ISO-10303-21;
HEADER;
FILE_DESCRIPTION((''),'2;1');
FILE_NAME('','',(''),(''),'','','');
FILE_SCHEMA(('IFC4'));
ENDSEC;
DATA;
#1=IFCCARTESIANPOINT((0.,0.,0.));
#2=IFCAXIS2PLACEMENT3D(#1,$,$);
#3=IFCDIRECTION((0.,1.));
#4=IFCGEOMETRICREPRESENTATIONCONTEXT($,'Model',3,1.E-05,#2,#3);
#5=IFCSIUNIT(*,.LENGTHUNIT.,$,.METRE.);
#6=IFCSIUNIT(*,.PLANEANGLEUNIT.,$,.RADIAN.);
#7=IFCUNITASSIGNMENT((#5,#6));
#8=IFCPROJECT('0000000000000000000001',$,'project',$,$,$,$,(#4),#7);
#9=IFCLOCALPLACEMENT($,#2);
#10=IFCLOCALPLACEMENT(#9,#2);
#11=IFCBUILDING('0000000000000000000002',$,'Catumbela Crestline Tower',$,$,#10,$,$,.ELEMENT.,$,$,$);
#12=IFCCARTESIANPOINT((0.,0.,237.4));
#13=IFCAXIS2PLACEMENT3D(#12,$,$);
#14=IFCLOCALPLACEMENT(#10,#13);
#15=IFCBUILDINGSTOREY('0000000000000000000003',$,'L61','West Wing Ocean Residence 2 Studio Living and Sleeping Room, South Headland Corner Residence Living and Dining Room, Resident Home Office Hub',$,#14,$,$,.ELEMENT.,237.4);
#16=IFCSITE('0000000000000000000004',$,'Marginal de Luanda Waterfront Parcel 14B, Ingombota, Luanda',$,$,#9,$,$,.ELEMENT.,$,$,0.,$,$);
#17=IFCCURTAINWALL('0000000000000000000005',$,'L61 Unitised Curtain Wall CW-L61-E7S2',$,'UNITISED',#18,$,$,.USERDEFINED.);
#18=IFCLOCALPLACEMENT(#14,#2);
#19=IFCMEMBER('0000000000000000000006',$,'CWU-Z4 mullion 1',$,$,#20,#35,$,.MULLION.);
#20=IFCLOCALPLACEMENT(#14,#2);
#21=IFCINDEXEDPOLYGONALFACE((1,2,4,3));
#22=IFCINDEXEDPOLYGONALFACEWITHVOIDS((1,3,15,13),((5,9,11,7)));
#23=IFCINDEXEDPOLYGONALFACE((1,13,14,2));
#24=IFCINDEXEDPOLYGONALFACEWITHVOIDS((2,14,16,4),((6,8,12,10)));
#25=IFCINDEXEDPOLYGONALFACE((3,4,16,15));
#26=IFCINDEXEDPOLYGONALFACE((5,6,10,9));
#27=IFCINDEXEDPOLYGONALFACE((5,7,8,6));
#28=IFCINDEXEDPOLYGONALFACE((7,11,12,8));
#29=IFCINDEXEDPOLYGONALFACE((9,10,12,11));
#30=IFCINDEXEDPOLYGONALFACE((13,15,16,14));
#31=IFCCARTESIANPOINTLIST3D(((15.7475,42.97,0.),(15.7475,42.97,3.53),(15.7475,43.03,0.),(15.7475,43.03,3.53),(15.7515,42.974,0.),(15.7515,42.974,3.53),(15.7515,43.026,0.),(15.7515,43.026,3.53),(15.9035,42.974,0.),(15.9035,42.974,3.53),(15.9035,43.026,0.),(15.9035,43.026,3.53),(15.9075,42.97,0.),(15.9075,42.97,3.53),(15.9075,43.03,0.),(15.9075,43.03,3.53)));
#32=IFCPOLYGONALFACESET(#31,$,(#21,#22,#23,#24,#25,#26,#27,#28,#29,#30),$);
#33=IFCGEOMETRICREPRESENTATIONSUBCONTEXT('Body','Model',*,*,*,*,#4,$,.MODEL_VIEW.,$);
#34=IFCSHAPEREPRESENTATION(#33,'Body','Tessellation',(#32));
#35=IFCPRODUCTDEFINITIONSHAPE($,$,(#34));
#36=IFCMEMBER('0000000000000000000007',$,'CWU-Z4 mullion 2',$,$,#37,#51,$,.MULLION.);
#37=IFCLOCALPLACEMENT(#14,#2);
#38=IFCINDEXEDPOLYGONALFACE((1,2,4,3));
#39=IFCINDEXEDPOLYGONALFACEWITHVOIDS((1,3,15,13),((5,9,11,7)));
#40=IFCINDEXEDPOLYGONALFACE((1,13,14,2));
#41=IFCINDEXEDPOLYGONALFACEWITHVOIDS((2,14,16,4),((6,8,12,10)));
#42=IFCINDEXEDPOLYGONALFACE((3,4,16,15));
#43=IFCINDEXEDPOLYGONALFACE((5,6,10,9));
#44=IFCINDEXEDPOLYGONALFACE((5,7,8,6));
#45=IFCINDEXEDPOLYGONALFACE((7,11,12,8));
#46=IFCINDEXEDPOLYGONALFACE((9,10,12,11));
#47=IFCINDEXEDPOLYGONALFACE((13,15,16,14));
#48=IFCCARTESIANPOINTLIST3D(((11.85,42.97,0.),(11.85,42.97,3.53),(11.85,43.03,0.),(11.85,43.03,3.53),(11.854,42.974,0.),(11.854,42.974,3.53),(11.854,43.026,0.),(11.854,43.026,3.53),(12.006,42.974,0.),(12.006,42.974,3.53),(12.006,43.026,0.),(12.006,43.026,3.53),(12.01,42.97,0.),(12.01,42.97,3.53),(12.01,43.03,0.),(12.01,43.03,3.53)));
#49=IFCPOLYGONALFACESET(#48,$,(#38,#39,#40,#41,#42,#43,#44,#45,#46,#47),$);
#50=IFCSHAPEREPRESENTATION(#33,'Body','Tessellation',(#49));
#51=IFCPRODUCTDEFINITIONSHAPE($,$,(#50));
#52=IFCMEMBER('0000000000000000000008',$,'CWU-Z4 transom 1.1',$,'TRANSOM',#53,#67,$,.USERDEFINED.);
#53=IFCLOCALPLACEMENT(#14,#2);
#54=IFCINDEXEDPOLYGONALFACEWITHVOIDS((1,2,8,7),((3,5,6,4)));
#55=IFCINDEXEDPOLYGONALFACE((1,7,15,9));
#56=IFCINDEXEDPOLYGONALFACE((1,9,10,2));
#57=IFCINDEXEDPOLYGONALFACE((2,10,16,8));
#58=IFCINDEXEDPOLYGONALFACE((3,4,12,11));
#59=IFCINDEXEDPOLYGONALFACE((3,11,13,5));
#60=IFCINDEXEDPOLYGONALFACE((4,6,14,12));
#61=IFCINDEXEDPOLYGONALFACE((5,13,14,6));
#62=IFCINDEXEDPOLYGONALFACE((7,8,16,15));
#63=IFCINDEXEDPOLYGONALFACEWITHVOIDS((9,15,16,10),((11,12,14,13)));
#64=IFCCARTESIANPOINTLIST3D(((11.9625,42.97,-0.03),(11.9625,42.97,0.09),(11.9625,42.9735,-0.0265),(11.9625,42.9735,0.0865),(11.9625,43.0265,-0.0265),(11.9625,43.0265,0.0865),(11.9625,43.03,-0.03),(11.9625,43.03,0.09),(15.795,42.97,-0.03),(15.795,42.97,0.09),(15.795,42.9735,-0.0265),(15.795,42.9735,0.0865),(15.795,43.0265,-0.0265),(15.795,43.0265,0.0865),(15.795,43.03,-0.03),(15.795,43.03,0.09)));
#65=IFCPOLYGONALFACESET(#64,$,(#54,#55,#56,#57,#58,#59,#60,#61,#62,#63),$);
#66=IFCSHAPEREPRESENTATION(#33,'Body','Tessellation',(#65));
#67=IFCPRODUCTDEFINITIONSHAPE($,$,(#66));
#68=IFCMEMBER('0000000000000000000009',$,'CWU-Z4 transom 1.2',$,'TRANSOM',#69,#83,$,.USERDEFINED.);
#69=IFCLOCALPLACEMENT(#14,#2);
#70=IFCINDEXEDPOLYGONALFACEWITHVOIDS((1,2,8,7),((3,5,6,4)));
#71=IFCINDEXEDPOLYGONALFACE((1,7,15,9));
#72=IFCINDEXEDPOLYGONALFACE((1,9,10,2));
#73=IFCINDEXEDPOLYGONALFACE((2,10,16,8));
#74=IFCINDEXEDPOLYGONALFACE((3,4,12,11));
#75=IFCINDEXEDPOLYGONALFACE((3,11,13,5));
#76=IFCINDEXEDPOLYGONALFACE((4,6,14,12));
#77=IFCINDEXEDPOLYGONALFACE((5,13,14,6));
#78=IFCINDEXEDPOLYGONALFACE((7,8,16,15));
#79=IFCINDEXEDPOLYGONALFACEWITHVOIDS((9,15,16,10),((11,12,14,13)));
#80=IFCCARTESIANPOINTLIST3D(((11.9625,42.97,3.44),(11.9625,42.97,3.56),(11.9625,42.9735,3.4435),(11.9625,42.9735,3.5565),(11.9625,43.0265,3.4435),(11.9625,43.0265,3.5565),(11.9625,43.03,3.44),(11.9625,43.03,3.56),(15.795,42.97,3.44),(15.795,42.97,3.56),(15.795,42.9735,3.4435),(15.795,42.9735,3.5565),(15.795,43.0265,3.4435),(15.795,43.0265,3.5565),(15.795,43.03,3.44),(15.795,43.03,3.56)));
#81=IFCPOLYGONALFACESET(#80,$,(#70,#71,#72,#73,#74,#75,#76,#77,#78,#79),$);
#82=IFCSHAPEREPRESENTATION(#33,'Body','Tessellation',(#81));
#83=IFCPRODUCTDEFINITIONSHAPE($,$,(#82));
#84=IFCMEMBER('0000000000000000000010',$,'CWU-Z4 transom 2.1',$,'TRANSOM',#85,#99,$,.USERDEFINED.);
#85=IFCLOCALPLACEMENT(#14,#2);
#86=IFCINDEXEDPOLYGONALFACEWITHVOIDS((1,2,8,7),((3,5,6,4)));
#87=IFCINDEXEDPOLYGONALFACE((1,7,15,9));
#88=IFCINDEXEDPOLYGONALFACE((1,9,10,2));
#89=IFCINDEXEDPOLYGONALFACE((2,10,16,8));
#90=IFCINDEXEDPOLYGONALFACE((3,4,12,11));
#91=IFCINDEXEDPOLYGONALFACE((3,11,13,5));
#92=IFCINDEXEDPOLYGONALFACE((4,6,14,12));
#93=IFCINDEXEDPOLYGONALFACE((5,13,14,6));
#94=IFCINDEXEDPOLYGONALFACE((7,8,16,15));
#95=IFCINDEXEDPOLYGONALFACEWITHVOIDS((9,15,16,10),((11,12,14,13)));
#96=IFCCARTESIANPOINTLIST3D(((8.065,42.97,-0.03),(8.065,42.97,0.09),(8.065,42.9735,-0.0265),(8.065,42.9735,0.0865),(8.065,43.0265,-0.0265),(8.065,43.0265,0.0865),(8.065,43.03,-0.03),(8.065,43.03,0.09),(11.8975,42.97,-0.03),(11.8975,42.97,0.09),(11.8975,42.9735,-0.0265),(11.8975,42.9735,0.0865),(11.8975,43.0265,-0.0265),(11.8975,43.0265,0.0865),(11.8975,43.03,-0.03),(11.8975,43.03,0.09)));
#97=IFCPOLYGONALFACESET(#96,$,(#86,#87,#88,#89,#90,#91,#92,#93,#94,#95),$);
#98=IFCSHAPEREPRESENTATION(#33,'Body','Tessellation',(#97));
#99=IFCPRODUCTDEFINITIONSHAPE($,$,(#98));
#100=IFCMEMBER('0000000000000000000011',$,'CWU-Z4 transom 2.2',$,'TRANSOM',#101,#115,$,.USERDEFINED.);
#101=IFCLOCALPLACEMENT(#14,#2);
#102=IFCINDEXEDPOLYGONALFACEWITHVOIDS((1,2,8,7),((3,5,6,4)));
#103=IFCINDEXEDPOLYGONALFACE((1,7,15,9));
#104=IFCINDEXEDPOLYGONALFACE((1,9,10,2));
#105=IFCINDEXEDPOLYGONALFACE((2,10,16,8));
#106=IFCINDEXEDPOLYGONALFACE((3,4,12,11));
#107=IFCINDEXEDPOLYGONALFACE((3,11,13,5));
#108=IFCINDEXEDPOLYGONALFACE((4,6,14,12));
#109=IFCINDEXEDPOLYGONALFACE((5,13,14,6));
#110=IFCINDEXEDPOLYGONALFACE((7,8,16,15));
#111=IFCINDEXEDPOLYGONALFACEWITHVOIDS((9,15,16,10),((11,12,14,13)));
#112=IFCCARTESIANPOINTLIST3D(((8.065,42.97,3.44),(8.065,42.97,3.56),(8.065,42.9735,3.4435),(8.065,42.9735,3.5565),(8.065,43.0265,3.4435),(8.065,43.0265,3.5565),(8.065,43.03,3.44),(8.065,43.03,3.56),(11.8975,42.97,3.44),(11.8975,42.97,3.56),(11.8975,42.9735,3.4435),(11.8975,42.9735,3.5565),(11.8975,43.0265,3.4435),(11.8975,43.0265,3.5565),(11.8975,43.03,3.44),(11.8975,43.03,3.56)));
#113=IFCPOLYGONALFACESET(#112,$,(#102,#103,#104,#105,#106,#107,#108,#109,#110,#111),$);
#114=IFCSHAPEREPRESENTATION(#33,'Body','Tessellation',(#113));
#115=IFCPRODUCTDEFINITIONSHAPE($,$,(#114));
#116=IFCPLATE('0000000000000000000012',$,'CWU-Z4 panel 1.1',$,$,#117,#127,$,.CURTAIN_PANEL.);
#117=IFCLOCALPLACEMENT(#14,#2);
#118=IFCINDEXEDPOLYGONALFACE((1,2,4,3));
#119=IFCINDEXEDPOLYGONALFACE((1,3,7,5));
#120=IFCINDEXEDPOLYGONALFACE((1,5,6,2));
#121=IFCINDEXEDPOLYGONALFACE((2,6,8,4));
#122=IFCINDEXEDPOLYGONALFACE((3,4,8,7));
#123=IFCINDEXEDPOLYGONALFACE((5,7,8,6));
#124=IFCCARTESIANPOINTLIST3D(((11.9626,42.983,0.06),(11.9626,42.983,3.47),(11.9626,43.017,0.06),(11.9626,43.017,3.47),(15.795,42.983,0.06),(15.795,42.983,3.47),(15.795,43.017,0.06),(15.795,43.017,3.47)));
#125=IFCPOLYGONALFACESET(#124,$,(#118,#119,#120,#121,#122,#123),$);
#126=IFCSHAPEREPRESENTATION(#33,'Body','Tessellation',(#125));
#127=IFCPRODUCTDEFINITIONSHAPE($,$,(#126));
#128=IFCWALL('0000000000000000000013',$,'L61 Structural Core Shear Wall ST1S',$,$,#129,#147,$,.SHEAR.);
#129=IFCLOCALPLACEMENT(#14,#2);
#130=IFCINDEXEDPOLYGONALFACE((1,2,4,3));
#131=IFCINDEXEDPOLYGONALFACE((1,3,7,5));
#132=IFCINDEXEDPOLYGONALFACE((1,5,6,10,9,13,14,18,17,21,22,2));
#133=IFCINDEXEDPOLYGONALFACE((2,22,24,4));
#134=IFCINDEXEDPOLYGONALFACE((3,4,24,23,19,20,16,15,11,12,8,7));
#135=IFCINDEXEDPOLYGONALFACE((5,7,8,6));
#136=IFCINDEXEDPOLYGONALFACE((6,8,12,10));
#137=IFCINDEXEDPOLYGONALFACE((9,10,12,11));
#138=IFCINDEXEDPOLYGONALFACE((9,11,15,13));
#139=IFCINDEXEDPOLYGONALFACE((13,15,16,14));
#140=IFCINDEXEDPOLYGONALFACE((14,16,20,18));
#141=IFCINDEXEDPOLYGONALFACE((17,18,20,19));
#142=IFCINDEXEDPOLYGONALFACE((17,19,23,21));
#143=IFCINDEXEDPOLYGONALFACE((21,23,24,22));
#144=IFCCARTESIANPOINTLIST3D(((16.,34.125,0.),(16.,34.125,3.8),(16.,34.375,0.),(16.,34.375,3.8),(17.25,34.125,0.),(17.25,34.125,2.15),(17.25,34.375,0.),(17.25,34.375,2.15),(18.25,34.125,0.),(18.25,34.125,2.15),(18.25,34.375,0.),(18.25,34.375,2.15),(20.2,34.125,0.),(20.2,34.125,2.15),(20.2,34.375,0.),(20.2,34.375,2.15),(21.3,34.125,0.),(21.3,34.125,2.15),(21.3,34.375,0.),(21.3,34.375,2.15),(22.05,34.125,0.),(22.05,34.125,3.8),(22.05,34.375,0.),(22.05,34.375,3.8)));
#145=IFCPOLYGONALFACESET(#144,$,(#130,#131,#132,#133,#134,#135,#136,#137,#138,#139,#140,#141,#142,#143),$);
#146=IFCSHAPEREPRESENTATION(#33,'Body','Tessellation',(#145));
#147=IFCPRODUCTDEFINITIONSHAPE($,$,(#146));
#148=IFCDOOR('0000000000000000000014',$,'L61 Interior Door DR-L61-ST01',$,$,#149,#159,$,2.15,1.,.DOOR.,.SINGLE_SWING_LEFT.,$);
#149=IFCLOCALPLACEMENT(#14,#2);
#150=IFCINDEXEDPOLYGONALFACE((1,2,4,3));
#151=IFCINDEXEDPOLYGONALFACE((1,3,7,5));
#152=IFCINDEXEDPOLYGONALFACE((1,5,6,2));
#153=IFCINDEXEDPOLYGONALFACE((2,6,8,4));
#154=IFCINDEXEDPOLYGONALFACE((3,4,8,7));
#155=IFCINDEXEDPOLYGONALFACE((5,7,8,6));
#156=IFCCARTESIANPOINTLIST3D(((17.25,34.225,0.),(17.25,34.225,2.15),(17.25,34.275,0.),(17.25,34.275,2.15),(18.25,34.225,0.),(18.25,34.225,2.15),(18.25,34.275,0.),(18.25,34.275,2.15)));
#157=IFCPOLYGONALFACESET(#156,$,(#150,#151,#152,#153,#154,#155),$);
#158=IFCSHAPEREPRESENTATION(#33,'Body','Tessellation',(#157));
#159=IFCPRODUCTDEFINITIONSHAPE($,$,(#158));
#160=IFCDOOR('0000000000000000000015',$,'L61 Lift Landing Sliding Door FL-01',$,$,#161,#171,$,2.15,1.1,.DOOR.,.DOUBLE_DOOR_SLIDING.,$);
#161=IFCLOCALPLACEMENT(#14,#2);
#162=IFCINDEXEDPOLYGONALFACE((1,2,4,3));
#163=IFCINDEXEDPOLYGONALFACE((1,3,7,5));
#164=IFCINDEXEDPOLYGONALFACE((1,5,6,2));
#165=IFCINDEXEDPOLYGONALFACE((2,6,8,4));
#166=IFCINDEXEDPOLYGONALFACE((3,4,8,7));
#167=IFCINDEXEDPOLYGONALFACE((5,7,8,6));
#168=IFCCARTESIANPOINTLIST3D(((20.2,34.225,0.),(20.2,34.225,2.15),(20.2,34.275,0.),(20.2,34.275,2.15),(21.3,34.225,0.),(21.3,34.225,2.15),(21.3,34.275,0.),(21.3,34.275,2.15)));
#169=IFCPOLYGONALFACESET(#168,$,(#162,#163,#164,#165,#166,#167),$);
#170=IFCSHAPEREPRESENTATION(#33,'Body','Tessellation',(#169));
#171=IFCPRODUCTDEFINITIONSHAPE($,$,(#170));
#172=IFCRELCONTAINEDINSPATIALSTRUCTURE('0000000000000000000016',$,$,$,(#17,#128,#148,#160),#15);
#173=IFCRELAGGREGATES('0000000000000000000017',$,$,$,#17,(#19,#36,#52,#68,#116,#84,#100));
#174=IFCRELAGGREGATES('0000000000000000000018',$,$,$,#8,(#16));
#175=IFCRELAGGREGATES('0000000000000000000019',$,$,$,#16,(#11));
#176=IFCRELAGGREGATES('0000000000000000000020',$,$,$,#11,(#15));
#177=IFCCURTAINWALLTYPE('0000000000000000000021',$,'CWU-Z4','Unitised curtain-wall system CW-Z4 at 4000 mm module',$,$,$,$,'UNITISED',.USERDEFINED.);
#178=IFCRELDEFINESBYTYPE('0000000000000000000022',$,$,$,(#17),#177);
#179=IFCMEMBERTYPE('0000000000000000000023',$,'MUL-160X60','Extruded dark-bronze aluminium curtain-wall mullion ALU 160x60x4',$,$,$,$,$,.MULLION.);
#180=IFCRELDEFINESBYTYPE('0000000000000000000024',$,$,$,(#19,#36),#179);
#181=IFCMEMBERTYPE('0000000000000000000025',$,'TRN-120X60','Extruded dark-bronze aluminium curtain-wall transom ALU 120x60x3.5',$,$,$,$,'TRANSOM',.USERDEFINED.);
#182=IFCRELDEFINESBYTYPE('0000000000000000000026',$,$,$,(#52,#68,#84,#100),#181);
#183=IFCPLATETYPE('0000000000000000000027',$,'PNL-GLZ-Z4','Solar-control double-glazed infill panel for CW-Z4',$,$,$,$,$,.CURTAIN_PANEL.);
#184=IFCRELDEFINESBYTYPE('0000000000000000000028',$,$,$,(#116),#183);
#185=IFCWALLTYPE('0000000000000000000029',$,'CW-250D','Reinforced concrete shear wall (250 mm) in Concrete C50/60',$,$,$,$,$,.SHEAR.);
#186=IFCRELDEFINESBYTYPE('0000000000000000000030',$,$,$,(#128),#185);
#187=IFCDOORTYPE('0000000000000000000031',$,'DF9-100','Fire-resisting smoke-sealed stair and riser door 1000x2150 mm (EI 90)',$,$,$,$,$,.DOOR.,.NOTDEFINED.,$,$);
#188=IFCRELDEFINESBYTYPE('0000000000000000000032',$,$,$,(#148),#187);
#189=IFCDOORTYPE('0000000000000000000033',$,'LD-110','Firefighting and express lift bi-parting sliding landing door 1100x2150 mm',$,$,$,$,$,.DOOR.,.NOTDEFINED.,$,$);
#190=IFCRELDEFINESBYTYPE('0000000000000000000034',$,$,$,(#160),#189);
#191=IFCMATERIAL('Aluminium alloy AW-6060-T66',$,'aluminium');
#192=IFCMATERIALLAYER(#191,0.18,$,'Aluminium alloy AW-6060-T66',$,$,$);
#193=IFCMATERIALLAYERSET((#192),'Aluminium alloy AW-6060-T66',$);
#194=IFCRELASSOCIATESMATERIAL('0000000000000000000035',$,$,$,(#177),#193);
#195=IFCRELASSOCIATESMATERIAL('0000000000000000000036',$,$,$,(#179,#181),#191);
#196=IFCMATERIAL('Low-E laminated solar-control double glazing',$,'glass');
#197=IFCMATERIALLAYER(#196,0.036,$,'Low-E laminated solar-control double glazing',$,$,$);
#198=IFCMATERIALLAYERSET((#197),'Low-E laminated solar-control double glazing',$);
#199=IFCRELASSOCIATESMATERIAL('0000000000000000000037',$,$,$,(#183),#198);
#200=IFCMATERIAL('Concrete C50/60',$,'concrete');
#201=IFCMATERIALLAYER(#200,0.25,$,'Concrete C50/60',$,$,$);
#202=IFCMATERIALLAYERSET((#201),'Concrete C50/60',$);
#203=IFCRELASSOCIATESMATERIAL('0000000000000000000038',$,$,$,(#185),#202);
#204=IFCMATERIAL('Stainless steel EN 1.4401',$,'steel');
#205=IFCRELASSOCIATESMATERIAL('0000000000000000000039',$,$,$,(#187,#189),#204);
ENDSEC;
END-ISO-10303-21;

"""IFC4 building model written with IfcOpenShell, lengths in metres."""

from ifc_helpers import new_model, si_unit, direction, frame, frame_2d, origin, origin_2d, place, context, subcontext, project, spatial, rectangle, hollow_rectangle, extrude, material, layer, layer_set, material_profile, profile_set, type_object, element, fill, aggregate, save


model = new_model("IFC4")

# Units and contexts
model_context = context("Model", 3, precision=1e-05, world=origin(), true_north=direction((0.0, 1.0)))
body_context = subcontext(model_context, "Body", "Model", "MODEL_VIEW")
ifc_project = project(units=[si_unit("LENGTHUNIT", "METRE"), si_unit("PLANEANGLEUNIT", "RADIAN")], contexts=[model_context])

# Site, building, storey
site_placement = place(None, origin())
site = spatial("IfcSite", under=ifc_project, at=site_placement, Name="Marginal de Luanda Waterfront Parcel 14B, Ingombota, Luanda", CompositionType="ELEMENT", RefElevation=0.0)
building_placement = place(site_placement, origin())
building = spatial("IfcBuilding", under=site, at=building_placement, Name="Catumbela Crestline Tower", CompositionType="ELEMENT")
storey_placement = place(building_placement, frame((0.0, 0.0, 237.4)))
storey = spatial("IfcBuildingStorey", under=building, at=storey_placement, Name="L61", Description="West Wing Ocean Residence 2 Studio Living and Sleeping Room, South Headland Corner Residence Living and Dining Room, Resident Home Office Hub", CompositionType="ELEMENT", Elevation=237.4)

# Curtain wall, members, plate
ifc_material_1 = material(Name="Aluminium alloy AW-6060-T66", Category="aluminium")
ifc_layer_1 = layer(ifc_material_1, 0.18, Name="Aluminium alloy AW-6060-T66")
ifc_layer_set_1 = layer_set([ifc_layer_1], Name="Aluminium alloy AW-6060-T66")
curtain_wall_type = type_object("IfcCurtainWallType", Name="CWU-Z4", Description="Unitised curtain-wall system CW-Z4 at 4000 mm module", ElementType="UNITISED", PredefinedType="USERDEFINED", material=ifc_layer_set_1)
curtain_wall_placement = place(storey_placement, origin())
curtain_wall = element("IfcCurtainWall", 1, at=curtain_wall_placement, inside=storey, type_object=curtain_wall_type, Name="L61 Unitised Curtain Wall CW-L61-E7S2", ObjectType="UNITISED", PredefinedType="USERDEFINED")
ifc_material_profile_1 = material_profile(ifc_material_1, hollow_rectangle(XDim=0.06, YDim=0.16, WallThickness=0.004, at=origin_2d()), Name="ALU 160x60x4")
ifc_profile_set_1 = profile_set([ifc_material_profile_1], Name="Aluminium alloy AW-6060-T66")
member_type_1 = type_object("IfcMemberType", Name="MUL-160X60", Description="Extruded dark-bronze aluminium curtain-wall mullion ALU 160x60x4", PredefinedType="MULLION", material=ifc_profile_set_1)
member_1_placement = place(storey_placement, frame((15.8275, 43.0, 0.0), z_axis=(0.0, 0.0, 1.0), x_axis=(0.0, -1.0, 0.0)))
member_1 = element("IfcMember", 2, at=member_1_placement, type_object=member_type_1, Name="CWU-Z4 mullion 1", PredefinedType="MULLION", context=body_context, shape_type="SweptSolid", body=[
    extrude(hollow_rectangle(XDim=0.06, YDim=0.16, WallThickness=0.004, at=origin_2d()), origin(), (0.0, 0.0, 1.0), 3.53),
])
member_2_placement = place(storey_placement, frame((11.93, 43.0, 0.0), z_axis=(0.0, 0.0, 1.0), x_axis=(0.0, -1.0, 0.0)))
member_2 = element("IfcMember", 3, at=member_2_placement, type_object=member_type_1, Name="CWU-Z4 mullion 2", PredefinedType="MULLION", context=body_context, shape_type="SweptSolid", body=[
    extrude(hollow_rectangle(XDim=0.06, YDim=0.16, WallThickness=0.004, at=origin_2d()), origin(), (0.0, 0.0, 1.0), 3.53),
])
ifc_material_profile_2 = material_profile(ifc_material_1, hollow_rectangle(XDim=0.06, YDim=0.12, WallThickness=0.0035, at=origin_2d()), Name="ALU 120x60x3.5")
ifc_profile_set_2 = profile_set([ifc_material_profile_2], Name="Aluminium alloy AW-6060-T66")
member_type_2 = type_object("IfcMemberType", Name="TRN-120X60", Description="Extruded dark-bronze aluminium curtain-wall transom ALU 120x60x3.5", ElementType="TRANSOM", PredefinedType="USERDEFINED", material=ifc_profile_set_2)
member_3_placement = place(storey_placement, frame((15.795, 43.0, 0.03), z_axis=(-1.0, 0.0, 0.0), x_axis=(0.0, -1.0, 0.0)))
member_3 = element("IfcMember", 4, at=member_3_placement, type_object=member_type_2, Name="CWU-Z4 transom 1.1", ObjectType="TRANSOM", PredefinedType="USERDEFINED", context=body_context, shape_type="SweptSolid", body=[
    extrude(hollow_rectangle(XDim=0.06, YDim=0.12, WallThickness=0.0035, at=origin_2d()), origin(), (0.0, 0.0, 1.0), 3.8325),
])
member_4_placement = place(storey_placement, frame((15.795, 43.0, 3.5), z_axis=(-1.0, 0.0, 0.0), x_axis=(0.0, -1.0, 0.0)))
member_4 = element("IfcMember", 5, at=member_4_placement, type_object=member_type_2, Name="CWU-Z4 transom 1.2", ObjectType="TRANSOM", PredefinedType="USERDEFINED", context=body_context, shape_type="SweptSolid", body=[
    extrude(hollow_rectangle(XDim=0.06, YDim=0.12, WallThickness=0.0035, at=origin_2d()), origin(), (0.0, 0.0, 1.0), 3.8325),
])
member_5_placement = place(storey_placement, frame((11.8975, 43.0, 0.03), z_axis=(-1.0, 0.0, 0.0), x_axis=(0.0, -1.0, 0.0)))
member_5 = element("IfcMember", 6, at=member_5_placement, type_object=member_type_2, Name="CWU-Z4 transom 2.1", ObjectType="TRANSOM", PredefinedType="USERDEFINED", context=body_context, shape_type="SweptSolid", body=[
    extrude(hollow_rectangle(XDim=0.06, YDim=0.12, WallThickness=0.0035, at=origin_2d()), origin(), (0.0, 0.0, 1.0), 3.8325),
])
member_6_placement = place(storey_placement, frame((11.8975, 43.0, 3.5), z_axis=(-1.0, 0.0, 0.0), x_axis=(0.0, -1.0, 0.0)))
member_6 = element("IfcMember", 7, at=member_6_placement, type_object=member_type_2, Name="CWU-Z4 transom 2.2", ObjectType="TRANSOM", PredefinedType="USERDEFINED", context=body_context, shape_type="SweptSolid", body=[
    extrude(hollow_rectangle(XDim=0.06, YDim=0.12, WallThickness=0.0035, at=origin_2d()), origin(), (0.0, 0.0, 1.0), 3.8325),
])
ifc_material_2 = material(Name="Low-E laminated solar-control double glazing", Category="glass")
ifc_layer_2 = layer(ifc_material_2, 0.036, Name="Low-E laminated solar-control double glazing")
ifc_layer_set_2 = layer_set([ifc_layer_2], Name="Low-E laminated solar-control double glazing")
plate_type = type_object("IfcPlateType", Name="PNL-GLZ-Z4", Description="Solar-control double-glazed infill panel for CW-Z4", PredefinedType="CURTAIN_PANEL", material=ifc_layer_set_2)
plate_placement = place(storey_placement, frame((13.8788, 43.0, 0.06), z_axis=(0.0, 0.0, 1.0), x_axis=(-1.0, 0.0, 0.0)))
plate = element("IfcPlate", 8, at=plate_placement, type_object=plate_type, Name="CWU-Z4 panel 1.1", PredefinedType="CURTAIN_PANEL", context=body_context, shape_type="SweptSolid", body=[
    extrude(rectangle(XDim=3.8325, YDim=0.034, at=origin_2d()), origin(), (0.0, 0.0, 1.0), 3.41),
])
aggregate(curtain_wall, [member_1, member_2, member_3, member_4, plate, member_5, member_6])

# Wall, openings, doors
ifc_material_3 = material(Name="Concrete C50/60", Category="concrete")
ifc_layer_3 = layer(ifc_material_3, 0.25, Name="Concrete C50/60")
ifc_layer_set_3 = layer_set([ifc_layer_3], Name="Concrete C50/60")
wall_type_1 = type_object("IfcWallType", Name="CW-250D", Description="Reinforced concrete shear wall (250 mm) in Concrete C50/60", PredefinedType="SHEAR", material=ifc_layer_set_3)
wall_1_placement = place(storey_placement, frame((16.0, 34.25, 0.0), z_axis=(0.0, 0.0, 1.0), x_axis=(1.0, 0.0, 0.0)))
wall_1 = element("IfcWall", 9, at=wall_1_placement, inside=storey, type_object=wall_type_1, Name="L61 Structural Core Shear Wall ST1S", PredefinedType="SHEAR", context=body_context, shape_type="SweptSolid", body=[
    extrude(rectangle(XDim=6.05, YDim=0.25, at=frame_2d((3.025, 0.0))), origin(), (0.0, 0.0, 1.0), 3.8),
])
opening_1_placement = place(wall_1_placement, frame((1.25, 0.0, 0.0)))
opening_1 = element("IfcOpeningElement", 10, at=opening_1_placement, cuts=wall_1, PredefinedType="OPENING", context=body_context, shape_type="SweptSolid", body=[
    extrude(rectangle(XDim=1.0, YDim=2.15, at=frame_2d((0.5, 1.075))), frame((0.0, 0.135, 0.0), z_axis=(0.0, -1.0, 0.0), x_axis=(1.0, 0.0, 0.0)), (0.0, 0.0, 1.0), 0.27),
])
opening_2_placement = place(wall_1_placement, frame((4.2, 0.0, 0.0)))
opening_2 = element("IfcOpeningElement", 11, at=opening_2_placement, cuts=wall_1, PredefinedType="OPENING", context=body_context, shape_type="SweptSolid", body=[
    extrude(rectangle(XDim=1.1, YDim=2.15, at=frame_2d((0.55, 1.075))), frame((0.0, 0.135, 0.0), z_axis=(0.0, -1.0, 0.0), x_axis=(1.0, 0.0, 0.0)), (0.0, 0.0, 1.0), 0.27),
])
ifc_material_4 = material(Name="Stainless steel EN 1.4401", Category="steel")
door_type_1 = type_object("IfcDoorType", Name="DF9-100", Description="Fire-resisting smoke-sealed stair and riser door 1000x2150 mm (EI 90)", OperationType="NOTDEFINED", PredefinedType="DOOR", material=ifc_material_4)
door_1_placement = place(opening_1_placement, origin())
door_1 = element("IfcDoor", 12, at=door_1_placement, inside=storey, type_object=door_type_1, Name="L61 Interior Door DR-L61-ST01", OperationType="SINGLE_SWING_LEFT", OverallHeight=2.15, OverallWidth=1.0, PredefinedType="DOOR", context=body_context, shape_type="SweptSolid", body=[
    extrude(rectangle(XDim=1.0, YDim=2.15, at=frame_2d((0.5, 1.075))), frame((0.0, 0.025, 0.0), z_axis=(0.0, -1.0, 0.0), x_axis=(1.0, 0.0, 0.0)), (0.0, 0.0, 1.0), 0.05),
])
fill(opening_1, door_1)
door_type_2 = type_object("IfcDoorType", Name="LD-110", Description="Firefighting and express lift bi-parting sliding landing door 1100x2150 mm", OperationType="NOTDEFINED", PredefinedType="DOOR", material=ifc_material_4)
door_2_placement = place(opening_2_placement, origin())
door_2 = element("IfcDoor", 13, at=door_2_placement, inside=storey, type_object=door_type_2, Name="L61 Lift Landing Sliding Door FL-01", OperationType="DOUBLE_DOOR_SLIDING", OverallHeight=2.15, OverallWidth=1.1, PredefinedType="DOOR", context=body_context, shape_type="SweptSolid", body=[
    extrude(rectangle(XDim=1.1, YDim=2.15, at=frame_2d((0.55, 1.075))), frame((0.0, 0.025, 0.0), z_axis=(0.0, -1.0, 0.0), x_axis=(1.0, 0.0, 0.0)), (0.0, 0.0, 1.0), 0.05),
])
fill(opening_2, door_2)

save(model, "model.ifc")
